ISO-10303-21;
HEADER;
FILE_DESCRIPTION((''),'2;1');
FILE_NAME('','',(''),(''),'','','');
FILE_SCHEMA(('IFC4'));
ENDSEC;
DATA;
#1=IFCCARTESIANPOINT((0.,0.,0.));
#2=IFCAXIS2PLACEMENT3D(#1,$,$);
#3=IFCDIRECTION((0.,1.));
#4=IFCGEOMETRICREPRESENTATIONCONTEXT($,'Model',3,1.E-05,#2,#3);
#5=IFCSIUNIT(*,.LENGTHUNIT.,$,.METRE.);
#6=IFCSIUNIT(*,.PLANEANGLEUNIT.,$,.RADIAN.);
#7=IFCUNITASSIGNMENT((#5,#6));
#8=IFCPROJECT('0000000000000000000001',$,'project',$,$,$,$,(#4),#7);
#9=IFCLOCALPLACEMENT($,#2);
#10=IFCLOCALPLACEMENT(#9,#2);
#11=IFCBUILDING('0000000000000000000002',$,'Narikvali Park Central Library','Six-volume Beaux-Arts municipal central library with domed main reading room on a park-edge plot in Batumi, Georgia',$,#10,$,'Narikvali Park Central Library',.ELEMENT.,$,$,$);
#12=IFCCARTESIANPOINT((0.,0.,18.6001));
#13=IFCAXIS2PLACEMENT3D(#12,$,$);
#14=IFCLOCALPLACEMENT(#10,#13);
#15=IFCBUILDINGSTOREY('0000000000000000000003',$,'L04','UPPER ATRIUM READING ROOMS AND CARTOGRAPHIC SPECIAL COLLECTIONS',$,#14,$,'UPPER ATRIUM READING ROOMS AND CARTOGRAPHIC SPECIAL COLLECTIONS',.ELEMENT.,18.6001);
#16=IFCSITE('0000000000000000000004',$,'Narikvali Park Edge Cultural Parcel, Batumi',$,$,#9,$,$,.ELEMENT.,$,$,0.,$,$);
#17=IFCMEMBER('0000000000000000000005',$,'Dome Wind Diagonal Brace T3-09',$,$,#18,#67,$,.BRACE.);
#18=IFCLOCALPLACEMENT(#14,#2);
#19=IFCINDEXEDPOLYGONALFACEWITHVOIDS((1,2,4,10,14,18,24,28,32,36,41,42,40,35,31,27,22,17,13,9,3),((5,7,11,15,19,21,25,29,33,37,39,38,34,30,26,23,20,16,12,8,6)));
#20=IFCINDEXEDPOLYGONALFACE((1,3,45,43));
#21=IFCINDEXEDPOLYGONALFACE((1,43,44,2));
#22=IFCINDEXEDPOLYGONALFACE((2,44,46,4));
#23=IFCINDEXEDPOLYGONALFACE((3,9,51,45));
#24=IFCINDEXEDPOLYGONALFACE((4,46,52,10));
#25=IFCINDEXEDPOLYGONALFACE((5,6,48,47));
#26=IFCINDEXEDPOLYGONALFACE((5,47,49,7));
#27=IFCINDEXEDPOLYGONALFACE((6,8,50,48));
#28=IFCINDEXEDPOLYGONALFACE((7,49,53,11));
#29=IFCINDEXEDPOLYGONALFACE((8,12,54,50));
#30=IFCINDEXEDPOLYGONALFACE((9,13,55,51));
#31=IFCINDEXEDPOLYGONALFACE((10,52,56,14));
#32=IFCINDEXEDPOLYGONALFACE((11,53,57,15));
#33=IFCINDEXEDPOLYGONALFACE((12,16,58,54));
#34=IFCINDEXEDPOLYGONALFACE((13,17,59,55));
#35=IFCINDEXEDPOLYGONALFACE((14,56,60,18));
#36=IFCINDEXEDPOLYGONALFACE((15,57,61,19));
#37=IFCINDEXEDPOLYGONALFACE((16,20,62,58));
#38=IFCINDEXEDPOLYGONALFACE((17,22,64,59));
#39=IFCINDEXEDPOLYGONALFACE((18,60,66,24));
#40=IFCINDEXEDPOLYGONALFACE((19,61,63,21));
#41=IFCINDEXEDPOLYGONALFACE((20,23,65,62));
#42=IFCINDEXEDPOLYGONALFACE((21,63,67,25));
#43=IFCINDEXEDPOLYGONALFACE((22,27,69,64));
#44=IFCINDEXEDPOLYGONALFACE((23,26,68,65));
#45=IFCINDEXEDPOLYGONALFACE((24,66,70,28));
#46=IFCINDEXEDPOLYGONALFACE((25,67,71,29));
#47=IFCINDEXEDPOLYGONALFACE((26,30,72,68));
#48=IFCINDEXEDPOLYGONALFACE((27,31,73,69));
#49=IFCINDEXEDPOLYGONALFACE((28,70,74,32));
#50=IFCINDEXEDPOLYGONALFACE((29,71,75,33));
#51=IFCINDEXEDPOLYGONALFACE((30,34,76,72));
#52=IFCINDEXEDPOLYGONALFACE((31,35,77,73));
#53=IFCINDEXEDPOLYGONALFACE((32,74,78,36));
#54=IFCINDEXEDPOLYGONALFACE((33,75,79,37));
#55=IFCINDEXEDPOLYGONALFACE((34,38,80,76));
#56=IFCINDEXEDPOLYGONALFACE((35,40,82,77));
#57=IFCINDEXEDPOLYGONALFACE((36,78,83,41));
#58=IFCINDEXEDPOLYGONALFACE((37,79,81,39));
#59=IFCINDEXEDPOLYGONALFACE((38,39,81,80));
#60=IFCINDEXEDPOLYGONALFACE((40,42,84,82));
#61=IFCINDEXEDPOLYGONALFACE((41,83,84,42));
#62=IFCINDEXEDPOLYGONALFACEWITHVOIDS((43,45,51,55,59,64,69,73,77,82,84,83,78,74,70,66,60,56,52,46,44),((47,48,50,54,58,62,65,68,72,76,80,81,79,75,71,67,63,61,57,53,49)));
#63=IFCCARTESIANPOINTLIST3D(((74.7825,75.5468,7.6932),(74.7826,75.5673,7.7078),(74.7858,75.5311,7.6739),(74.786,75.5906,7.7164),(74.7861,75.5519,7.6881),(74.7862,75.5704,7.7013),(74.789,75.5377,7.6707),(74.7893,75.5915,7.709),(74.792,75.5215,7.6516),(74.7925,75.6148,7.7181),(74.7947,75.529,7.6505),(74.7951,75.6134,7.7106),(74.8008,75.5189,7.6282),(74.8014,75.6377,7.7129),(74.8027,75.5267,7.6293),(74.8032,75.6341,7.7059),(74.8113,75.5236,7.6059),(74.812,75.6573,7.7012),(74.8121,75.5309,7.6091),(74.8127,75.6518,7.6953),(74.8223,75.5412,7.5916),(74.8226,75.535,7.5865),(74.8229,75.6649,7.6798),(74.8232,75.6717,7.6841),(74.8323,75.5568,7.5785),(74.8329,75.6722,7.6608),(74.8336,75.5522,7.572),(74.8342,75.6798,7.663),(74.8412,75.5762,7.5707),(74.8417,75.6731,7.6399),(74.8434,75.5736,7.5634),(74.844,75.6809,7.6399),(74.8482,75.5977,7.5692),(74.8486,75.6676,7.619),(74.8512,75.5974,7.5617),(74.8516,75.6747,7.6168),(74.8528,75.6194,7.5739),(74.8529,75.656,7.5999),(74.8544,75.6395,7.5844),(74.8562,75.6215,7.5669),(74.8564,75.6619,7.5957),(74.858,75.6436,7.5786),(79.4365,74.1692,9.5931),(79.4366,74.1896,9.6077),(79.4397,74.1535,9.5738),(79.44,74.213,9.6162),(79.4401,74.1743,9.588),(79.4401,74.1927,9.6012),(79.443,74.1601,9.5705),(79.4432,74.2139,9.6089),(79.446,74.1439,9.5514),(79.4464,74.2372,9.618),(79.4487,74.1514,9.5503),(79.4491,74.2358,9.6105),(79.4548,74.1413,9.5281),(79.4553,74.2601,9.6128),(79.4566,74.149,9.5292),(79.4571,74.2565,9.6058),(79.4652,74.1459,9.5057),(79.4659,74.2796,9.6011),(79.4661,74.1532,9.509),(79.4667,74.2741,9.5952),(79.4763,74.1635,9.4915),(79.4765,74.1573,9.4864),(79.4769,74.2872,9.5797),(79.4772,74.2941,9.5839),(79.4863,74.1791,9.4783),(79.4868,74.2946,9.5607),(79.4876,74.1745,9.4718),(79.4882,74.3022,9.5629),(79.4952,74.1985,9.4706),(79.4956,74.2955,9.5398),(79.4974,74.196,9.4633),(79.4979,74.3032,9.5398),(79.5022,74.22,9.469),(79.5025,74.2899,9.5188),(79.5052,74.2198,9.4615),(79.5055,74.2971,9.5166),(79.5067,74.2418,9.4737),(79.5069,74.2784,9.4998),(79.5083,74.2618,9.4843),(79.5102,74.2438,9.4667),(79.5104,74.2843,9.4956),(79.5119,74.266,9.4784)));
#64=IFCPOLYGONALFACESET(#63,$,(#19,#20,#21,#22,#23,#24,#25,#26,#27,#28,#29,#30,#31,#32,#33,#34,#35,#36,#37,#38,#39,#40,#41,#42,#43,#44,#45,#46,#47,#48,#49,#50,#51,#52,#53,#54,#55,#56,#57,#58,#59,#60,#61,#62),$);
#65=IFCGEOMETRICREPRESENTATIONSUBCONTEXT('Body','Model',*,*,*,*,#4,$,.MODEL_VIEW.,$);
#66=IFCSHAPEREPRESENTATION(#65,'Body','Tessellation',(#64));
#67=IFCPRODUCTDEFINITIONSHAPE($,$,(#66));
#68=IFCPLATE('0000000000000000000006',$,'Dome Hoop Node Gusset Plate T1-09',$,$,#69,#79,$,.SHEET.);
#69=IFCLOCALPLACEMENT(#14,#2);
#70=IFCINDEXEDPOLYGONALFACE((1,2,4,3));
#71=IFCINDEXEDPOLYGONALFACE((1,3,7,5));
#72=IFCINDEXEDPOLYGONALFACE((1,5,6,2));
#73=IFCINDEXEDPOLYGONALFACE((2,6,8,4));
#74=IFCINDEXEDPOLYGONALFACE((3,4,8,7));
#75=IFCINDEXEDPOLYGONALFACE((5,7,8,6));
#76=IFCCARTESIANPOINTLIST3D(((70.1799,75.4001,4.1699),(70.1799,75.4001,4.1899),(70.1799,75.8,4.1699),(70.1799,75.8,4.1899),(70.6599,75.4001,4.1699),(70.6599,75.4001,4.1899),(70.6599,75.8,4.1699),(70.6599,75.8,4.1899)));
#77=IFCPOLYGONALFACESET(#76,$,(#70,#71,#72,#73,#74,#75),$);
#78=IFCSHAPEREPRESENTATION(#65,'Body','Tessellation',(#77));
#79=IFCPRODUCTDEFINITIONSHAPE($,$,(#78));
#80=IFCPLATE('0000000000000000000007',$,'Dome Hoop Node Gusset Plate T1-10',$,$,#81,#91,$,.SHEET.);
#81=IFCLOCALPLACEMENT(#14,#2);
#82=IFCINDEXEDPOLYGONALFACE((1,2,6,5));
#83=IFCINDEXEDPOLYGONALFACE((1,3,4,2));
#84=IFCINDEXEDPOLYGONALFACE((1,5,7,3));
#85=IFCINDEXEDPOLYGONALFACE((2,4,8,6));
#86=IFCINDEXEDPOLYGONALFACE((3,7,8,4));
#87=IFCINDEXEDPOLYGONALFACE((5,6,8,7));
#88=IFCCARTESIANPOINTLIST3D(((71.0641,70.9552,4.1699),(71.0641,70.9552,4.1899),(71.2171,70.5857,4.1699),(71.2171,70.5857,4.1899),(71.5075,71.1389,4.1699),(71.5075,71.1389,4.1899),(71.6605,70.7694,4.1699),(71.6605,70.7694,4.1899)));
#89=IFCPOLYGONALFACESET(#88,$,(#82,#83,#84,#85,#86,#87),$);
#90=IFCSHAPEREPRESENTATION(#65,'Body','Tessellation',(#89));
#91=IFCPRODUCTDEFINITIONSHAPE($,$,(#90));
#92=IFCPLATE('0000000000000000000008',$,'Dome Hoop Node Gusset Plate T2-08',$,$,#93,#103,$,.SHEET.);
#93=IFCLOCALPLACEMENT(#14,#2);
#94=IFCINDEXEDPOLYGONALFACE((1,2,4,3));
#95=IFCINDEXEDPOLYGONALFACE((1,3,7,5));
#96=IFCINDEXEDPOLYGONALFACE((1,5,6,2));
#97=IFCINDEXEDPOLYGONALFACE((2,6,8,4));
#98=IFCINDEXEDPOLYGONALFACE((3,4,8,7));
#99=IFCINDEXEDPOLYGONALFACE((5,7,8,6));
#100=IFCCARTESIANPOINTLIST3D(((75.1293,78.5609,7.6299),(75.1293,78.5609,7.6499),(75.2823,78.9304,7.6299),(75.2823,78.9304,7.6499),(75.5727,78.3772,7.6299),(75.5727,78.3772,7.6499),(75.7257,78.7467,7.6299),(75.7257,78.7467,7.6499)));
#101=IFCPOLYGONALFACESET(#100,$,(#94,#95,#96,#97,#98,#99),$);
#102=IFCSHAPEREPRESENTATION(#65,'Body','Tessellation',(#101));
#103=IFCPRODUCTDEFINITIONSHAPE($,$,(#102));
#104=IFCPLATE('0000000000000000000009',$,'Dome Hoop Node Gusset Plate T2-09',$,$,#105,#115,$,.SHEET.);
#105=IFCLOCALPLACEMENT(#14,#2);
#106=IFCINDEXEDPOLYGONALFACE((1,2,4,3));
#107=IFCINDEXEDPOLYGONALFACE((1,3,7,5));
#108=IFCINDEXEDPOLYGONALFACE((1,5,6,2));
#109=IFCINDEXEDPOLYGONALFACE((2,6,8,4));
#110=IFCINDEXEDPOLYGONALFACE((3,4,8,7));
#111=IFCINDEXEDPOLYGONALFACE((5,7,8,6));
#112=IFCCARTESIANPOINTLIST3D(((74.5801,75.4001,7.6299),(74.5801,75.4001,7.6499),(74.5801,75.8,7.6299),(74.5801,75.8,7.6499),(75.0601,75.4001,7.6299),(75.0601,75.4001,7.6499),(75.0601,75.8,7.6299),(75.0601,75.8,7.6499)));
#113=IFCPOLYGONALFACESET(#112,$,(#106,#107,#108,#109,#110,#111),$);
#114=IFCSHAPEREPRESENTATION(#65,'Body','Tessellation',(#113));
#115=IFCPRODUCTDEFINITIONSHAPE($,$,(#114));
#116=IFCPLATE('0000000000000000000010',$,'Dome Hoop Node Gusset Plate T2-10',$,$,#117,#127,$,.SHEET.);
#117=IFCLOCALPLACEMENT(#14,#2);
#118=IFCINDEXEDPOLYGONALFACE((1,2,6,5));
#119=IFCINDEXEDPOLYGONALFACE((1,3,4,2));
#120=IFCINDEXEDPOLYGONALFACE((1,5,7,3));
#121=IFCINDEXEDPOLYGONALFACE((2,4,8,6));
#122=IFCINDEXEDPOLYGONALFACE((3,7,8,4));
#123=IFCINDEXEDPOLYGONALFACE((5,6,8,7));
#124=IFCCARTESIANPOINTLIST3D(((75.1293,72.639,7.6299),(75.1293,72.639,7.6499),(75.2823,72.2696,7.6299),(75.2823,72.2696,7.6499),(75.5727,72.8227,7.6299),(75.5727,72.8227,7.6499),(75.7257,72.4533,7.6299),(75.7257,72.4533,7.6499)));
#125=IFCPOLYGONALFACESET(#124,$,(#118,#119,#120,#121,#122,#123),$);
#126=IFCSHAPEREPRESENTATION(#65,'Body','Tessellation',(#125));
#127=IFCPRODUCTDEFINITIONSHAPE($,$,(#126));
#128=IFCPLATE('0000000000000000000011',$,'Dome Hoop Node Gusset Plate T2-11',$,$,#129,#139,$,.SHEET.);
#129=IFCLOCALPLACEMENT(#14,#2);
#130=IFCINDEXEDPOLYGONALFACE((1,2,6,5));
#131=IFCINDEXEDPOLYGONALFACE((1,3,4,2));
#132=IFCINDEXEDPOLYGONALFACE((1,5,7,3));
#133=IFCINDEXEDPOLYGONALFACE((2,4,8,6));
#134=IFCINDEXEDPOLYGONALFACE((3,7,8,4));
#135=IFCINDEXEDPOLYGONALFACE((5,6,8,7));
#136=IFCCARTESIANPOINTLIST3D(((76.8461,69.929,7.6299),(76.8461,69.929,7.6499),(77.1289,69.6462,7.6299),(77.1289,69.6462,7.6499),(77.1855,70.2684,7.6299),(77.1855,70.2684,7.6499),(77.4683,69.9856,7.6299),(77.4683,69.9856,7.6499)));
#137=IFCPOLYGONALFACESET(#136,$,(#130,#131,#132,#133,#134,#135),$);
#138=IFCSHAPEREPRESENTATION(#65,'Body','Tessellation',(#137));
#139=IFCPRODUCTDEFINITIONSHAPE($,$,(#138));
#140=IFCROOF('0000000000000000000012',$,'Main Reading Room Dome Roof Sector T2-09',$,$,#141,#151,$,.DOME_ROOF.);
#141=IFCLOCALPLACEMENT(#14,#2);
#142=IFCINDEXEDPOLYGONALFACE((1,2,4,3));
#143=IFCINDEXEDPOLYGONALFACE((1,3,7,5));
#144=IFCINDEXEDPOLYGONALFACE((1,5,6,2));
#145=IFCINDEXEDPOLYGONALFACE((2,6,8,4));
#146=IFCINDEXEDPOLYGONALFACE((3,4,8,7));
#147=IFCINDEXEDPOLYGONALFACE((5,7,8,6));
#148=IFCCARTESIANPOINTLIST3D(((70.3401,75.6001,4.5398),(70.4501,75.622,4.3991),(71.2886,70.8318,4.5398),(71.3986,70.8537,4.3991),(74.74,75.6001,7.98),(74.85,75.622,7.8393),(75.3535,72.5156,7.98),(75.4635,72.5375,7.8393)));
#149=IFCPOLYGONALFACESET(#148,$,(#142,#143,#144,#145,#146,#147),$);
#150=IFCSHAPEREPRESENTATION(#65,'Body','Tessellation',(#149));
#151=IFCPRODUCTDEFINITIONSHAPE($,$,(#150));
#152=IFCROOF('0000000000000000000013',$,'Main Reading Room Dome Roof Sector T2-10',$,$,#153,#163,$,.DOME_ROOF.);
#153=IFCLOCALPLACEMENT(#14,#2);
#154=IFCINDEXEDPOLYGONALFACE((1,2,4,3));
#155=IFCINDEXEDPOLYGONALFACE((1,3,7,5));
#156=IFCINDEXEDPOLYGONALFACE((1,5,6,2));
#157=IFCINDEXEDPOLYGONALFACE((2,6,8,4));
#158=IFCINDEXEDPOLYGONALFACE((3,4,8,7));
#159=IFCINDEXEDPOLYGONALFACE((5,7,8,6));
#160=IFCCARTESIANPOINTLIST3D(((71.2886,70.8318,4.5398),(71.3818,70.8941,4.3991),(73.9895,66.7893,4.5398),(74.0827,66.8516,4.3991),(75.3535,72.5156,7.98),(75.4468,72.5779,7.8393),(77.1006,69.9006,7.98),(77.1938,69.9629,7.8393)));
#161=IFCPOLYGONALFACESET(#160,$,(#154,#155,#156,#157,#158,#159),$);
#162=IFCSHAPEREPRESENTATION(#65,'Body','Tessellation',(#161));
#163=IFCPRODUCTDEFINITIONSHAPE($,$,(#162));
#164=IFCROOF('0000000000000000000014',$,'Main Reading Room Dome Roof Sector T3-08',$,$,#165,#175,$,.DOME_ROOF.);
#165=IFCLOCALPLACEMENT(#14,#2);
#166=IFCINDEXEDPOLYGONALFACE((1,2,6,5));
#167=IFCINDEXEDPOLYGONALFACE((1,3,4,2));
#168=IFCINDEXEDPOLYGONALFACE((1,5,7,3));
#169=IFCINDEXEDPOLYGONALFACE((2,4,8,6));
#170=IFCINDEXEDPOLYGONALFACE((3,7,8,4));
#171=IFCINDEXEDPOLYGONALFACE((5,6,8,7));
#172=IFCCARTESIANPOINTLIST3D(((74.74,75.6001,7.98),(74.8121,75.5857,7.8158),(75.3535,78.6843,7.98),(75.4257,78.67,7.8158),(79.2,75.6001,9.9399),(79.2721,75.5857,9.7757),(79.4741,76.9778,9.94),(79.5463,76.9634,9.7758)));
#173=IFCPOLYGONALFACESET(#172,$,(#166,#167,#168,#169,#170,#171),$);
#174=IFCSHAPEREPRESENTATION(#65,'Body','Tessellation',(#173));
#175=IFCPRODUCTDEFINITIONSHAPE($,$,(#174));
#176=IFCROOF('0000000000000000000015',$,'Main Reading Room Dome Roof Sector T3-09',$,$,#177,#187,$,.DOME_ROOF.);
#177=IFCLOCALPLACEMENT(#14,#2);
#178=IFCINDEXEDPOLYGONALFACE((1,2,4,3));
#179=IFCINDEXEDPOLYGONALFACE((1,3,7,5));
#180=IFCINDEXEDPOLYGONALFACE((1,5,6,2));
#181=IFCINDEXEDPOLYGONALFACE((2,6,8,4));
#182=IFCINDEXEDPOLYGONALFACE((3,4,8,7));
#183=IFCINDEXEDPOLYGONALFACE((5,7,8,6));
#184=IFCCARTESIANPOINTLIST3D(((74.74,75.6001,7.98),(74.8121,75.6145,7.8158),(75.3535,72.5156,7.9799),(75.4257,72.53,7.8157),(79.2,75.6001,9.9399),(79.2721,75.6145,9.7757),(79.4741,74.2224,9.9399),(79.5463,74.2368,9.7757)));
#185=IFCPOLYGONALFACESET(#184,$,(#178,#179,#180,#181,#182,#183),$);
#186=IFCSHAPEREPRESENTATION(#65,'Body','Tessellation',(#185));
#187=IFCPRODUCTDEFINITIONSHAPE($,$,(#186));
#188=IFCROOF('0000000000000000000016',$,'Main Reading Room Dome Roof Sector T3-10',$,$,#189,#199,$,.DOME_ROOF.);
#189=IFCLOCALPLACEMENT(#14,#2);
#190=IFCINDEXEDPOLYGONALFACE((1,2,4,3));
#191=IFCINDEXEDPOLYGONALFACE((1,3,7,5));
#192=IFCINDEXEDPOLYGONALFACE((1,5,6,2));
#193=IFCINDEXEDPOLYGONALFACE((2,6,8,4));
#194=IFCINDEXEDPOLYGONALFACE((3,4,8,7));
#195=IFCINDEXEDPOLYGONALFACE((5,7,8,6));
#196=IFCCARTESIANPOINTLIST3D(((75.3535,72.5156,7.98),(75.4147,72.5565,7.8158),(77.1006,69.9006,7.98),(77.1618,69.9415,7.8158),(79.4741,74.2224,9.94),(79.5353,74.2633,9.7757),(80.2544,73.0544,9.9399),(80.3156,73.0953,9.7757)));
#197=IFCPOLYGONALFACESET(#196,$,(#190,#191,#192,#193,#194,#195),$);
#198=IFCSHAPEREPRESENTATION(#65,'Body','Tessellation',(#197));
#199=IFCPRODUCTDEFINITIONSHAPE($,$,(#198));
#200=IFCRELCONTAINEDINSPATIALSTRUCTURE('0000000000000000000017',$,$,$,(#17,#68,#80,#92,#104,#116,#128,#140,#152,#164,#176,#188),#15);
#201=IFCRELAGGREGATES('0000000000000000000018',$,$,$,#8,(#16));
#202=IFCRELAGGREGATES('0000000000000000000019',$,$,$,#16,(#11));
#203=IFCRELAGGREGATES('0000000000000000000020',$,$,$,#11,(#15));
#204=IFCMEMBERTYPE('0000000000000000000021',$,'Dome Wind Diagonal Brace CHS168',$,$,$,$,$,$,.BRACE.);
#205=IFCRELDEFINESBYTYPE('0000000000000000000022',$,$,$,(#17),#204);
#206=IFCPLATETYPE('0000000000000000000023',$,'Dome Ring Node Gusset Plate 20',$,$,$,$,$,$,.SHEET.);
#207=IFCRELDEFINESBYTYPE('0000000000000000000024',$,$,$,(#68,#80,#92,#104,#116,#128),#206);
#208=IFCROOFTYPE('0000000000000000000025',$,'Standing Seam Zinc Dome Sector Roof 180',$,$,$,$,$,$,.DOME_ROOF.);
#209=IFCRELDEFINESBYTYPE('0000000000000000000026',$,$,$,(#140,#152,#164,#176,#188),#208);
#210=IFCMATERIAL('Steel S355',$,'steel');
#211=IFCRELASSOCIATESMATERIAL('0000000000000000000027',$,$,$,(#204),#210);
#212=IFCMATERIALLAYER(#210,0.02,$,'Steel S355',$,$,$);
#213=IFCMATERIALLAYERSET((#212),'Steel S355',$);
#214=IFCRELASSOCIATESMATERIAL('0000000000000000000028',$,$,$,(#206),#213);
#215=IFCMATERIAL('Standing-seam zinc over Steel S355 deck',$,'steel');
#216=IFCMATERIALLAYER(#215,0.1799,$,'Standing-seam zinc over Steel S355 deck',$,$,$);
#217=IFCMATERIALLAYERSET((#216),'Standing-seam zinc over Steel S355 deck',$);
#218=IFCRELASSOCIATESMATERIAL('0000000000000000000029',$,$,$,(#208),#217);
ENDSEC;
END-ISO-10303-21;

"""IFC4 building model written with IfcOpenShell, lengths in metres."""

from ifc_helpers import new_model, si_unit, direction, frame, origin, origin_2d, place, context, subcontext, project, spatial, polyline, rectangle, hollow_circle, outline, extrude, material, layer, layer_set, material_profile, profile_set, type_object, element, save


model = new_model("IFC4")

# Units and contexts
model_context = context("Model", 3, precision=1e-05, world=origin(), true_north=direction((0.0, 1.0)))
body_context = subcontext(model_context, "Body", "Model", "MODEL_VIEW")
ifc_project = project(units=[si_unit("LENGTHUNIT", "METRE"), si_unit("PLANEANGLEUNIT", "RADIAN")], contexts=[model_context])

# Site, building, storey
site_placement = place(None, origin())
site = spatial("IfcSite", under=ifc_project, at=site_placement, Name="Narikvali Park Edge Cultural Parcel, Batumi", CompositionType="ELEMENT", RefElevation=0.0)
building_placement = place(site_placement, origin())
building = spatial("IfcBuilding", under=site, at=building_placement, Name="Narikvali Park Central Library", Description="Six-volume Beaux-Arts municipal central library with domed main reading room on a park-edge plot in Batumi, Georgia", LongName="Narikvali Park Central Library", CompositionType="ELEMENT")
storey_placement = place(building_placement, frame((0.0, 0.0, 18.6001)))
storey = spatial("IfcBuildingStorey", under=building, at=storey_placement, Name="L04", Description="UPPER ATRIUM READING ROOMS AND CARTOGRAPHIC SPECIAL COLLECTIONS", LongName="UPPER ATRIUM READING ROOMS AND CARTOGRAPHIC SPECIAL COLLECTIONS", CompositionType="ELEMENT", Elevation=18.6001)

# Shared definitions
ifc_material_1 = material(Name="Steel S355", Category="steel")

# Member
ifc_material_profile_1 = material_profile(ifc_material_1, hollow_circle(Radius=0.0842, WallThickness=0.0081, at=origin_2d()), Name="CHS 168.3x8")
ifc_profile_set_1 = profile_set([ifc_material_profile_1], Name="Steel S355")
member_type_1 = type_object("IfcMemberType", Name="Dome Wind Diagonal Brace CHS168", PredefinedType="BRACE", material=ifc_profile_set_1)
member_1_placement = place(storey_placement, frame((74.8201, 75.6001, 7.6399), z_axis=(0.892902, -0.264315, 0.364505), x_axis=(0.283843, 0.958871, 0.0)))
element("IfcMember", 1, at=member_1_placement, inside=storey, type_object=member_type_1, Name="Dome Wind Diagonal Brace T3-09", PredefinedType="BRACE", context=body_context, shape_type="SweptSolid", body=[
    extrude(hollow_circle(Radius=0.0842, WallThickness=0.0081, at=origin_2d()), origin(), (0.0, 0.0, 1.0), 5.2122),
])

# Plates
ifc_layer_1 = layer(ifc_material_1, 0.02, Name="Steel S355")
ifc_layer_set_1 = layer_set([ifc_layer_1], Name="Steel S355")
plate_type = type_object("IfcPlateType", Name="Dome Ring Node Gusset Plate 20", PredefinedType="SHEET", material=ifc_layer_set_1)
for number, where, z_axis, x_axis, name in (
    (2, (70.4199, 75.6001, 4.1699), (0.0, 0.0, 1.0), (-1.0, 0.0, 0.0), "Dome Hoop Node Gusset Plate T1-09"),
    (3, (71.3623, 70.8623, 4.1699), (0.0, 0.0, 1.0), (-0.92388, -0.382683, 0.0), "Dome Hoop Node Gusset Plate T1-10"),
    (4, (75.4275, 78.6538, 7.6299), (0.0, 0.0, 1.0), (-0.92388, 0.382683, 0.0), "Dome Hoop Node Gusset Plate T2-08"),
    (5, (74.8201, 75.6001, 7.6299), (0.0, 0.0, 1.0), (-1.0, 0.0, 0.0), "Dome Hoop Node Gusset Plate T2-09"),
    (6, (75.4275, 72.5461, 7.6299), (0.0, 0.0, 1.0), (-0.92388, -0.382683, 0.0), "Dome Hoop Node Gusset Plate T2-10"),
    (7, (77.1572, 69.9573, 7.6299), (0.0, 0.0, 1.0), (-0.707107, -0.707107, 0.0), "Dome Hoop Node Gusset Plate T2-11"),
):
    element("IfcPlate", number, at=place(storey_placement, frame(where, z_axis=z_axis, x_axis=x_axis)), inside=storey, type_object=plate_type, Name=name, PredefinedType="SHEET", context=body_context, shape_type="SweptSolid", body=[
        extrude(rectangle(XDim=0.48, YDim=0.3999, at=origin_2d()), origin(), (0.0, 0.0, 1.0), 0.02),
    ])

# Roofs
ifc_material_2 = material(Name="Standing-seam zinc over Steel S355 deck", Category="steel")
ifc_layer_2 = layer(ifc_material_2, 0.1799, Name="Standing-seam zinc over Steel S355 deck")
ifc_layer_set_2 = layer_set([ifc_layer_2], Name="Standing-seam zinc over Steel S355 deck")
roof_type = type_object("IfcRoofType", Name="Standing Seam Zinc Dome Sector Roof 180", PredefinedType="DOME_ROOF", material=ifc_layer_set_2)
roof_1_placement = place(storey_placement, frame((70.3401, 75.6001, 4.5398), z_axis=(-0.61138, -0.121611, 0.781937), x_axis=(0.195091, -0.980785, 0.000001)))
element("IfcRoof", 8, at=roof_1_placement, inside=storey, type_object=roof_type, Name="Main Reading Room Dome Roof Sector T2-09", PredefinedType="DOME_ROOF", context=body_context, shape_type="SweptSolid", body=[
    extrude(outline(polyline([(0.0, 0.0), (4.8617, 0.0), (4.0033, 5.5188), (0.8584, 5.5188), (0.0, 0.0)])), origin(), (0.0, 0.0, -1.0), 0.1799),
])
roof_2_placement = place(storey_placement, frame((71.2886, 70.8318, 4.5398), z_axis=(-0.518317, -0.346299, 0.781937), x_axis=(0.555543, -0.831488, 0.000005)))
element("IfcRoof", 9, at=roof_2_placement, inside=storey, type_object=roof_type, Name="Main Reading Room Dome Roof Sector T2-10", PredefinedType="DOME_ROOF", context=body_context, shape_type="SweptSolid", body=[
    extrude(outline(polyline([(0.0, 0.0), (4.8618, 0.0), (4.0031, 5.5188), (0.8582, 5.5188), (0.0, 0.0)])), origin(), (0.0, 0.0, -1.0), 0.1799),
])
roof_3_placement = place(storey_placement, frame((75.3535, 78.6843, 7.98), z_axis=(-0.401033, 0.079785, 0.912582), x_axis=(-0.195105, -0.980782, 0.000009)))
element("IfcRoof", 10, at=roof_3_placement, inside=storey, type_object=roof_type, Name="Main Reading Room Dome Roof Sector T3-08", PredefinedType="DOME_ROOF", context=body_context, shape_type="SweptSolid", body=[
    extrude(outline(polyline([(0.0, 0.0), (3.1447, 0.0), (2.2745, 4.7933), (0.8698, 4.7934), (0.0, 0.0)])), origin(), (0.0, 0.0, -1.0), 0.1799),
])
roof_4_placement = place(storey_placement, frame((74.74, 75.6001, 7.98), z_axis=(-0.401032, -0.079781, 0.912583), x_axis=(0.195091, -0.980785, -0.000011)))
element("IfcRoof", 11, at=roof_4_placement, inside=storey, type_object=roof_type, Name="Main Reading Room Dome Roof Sector T3-09", PredefinedType="DOME_ROOF", context=body_context, shape_type="SweptSolid", body=[
    extrude(outline(polyline([(0.0, 0.0), (3.1449, 0.0), (2.2748, 4.7934), (0.8701, 4.7933), (0.0, 0.0)])), origin(), (0.0, 0.0, -1.0), 0.1799),
])
roof_5_placement = place(storey_placement, frame((75.3535, 72.5156, 7.98), z_axis=(-0.339989, -0.227142, 0.912586), x_axis=(0.555523, -0.831501, 0.000003)))
element("IfcRoof", 12, at=roof_5_placement, inside=storey, type_object=roof_type, Name="Main Reading Room Dome Roof Sector T3-10", PredefinedType="DOME_ROOF", context=body_context, shape_type="SweptSolid", body=[
    extrude(outline(polyline([(0.0, 0.0), (3.1449, 0.0), (2.2745, 4.7934), (0.8699, 4.7935), (0.0, 0.0)])), origin(), (0.0, 0.0, -1.0), 0.1799),
])

save(model, "model.ifc")
